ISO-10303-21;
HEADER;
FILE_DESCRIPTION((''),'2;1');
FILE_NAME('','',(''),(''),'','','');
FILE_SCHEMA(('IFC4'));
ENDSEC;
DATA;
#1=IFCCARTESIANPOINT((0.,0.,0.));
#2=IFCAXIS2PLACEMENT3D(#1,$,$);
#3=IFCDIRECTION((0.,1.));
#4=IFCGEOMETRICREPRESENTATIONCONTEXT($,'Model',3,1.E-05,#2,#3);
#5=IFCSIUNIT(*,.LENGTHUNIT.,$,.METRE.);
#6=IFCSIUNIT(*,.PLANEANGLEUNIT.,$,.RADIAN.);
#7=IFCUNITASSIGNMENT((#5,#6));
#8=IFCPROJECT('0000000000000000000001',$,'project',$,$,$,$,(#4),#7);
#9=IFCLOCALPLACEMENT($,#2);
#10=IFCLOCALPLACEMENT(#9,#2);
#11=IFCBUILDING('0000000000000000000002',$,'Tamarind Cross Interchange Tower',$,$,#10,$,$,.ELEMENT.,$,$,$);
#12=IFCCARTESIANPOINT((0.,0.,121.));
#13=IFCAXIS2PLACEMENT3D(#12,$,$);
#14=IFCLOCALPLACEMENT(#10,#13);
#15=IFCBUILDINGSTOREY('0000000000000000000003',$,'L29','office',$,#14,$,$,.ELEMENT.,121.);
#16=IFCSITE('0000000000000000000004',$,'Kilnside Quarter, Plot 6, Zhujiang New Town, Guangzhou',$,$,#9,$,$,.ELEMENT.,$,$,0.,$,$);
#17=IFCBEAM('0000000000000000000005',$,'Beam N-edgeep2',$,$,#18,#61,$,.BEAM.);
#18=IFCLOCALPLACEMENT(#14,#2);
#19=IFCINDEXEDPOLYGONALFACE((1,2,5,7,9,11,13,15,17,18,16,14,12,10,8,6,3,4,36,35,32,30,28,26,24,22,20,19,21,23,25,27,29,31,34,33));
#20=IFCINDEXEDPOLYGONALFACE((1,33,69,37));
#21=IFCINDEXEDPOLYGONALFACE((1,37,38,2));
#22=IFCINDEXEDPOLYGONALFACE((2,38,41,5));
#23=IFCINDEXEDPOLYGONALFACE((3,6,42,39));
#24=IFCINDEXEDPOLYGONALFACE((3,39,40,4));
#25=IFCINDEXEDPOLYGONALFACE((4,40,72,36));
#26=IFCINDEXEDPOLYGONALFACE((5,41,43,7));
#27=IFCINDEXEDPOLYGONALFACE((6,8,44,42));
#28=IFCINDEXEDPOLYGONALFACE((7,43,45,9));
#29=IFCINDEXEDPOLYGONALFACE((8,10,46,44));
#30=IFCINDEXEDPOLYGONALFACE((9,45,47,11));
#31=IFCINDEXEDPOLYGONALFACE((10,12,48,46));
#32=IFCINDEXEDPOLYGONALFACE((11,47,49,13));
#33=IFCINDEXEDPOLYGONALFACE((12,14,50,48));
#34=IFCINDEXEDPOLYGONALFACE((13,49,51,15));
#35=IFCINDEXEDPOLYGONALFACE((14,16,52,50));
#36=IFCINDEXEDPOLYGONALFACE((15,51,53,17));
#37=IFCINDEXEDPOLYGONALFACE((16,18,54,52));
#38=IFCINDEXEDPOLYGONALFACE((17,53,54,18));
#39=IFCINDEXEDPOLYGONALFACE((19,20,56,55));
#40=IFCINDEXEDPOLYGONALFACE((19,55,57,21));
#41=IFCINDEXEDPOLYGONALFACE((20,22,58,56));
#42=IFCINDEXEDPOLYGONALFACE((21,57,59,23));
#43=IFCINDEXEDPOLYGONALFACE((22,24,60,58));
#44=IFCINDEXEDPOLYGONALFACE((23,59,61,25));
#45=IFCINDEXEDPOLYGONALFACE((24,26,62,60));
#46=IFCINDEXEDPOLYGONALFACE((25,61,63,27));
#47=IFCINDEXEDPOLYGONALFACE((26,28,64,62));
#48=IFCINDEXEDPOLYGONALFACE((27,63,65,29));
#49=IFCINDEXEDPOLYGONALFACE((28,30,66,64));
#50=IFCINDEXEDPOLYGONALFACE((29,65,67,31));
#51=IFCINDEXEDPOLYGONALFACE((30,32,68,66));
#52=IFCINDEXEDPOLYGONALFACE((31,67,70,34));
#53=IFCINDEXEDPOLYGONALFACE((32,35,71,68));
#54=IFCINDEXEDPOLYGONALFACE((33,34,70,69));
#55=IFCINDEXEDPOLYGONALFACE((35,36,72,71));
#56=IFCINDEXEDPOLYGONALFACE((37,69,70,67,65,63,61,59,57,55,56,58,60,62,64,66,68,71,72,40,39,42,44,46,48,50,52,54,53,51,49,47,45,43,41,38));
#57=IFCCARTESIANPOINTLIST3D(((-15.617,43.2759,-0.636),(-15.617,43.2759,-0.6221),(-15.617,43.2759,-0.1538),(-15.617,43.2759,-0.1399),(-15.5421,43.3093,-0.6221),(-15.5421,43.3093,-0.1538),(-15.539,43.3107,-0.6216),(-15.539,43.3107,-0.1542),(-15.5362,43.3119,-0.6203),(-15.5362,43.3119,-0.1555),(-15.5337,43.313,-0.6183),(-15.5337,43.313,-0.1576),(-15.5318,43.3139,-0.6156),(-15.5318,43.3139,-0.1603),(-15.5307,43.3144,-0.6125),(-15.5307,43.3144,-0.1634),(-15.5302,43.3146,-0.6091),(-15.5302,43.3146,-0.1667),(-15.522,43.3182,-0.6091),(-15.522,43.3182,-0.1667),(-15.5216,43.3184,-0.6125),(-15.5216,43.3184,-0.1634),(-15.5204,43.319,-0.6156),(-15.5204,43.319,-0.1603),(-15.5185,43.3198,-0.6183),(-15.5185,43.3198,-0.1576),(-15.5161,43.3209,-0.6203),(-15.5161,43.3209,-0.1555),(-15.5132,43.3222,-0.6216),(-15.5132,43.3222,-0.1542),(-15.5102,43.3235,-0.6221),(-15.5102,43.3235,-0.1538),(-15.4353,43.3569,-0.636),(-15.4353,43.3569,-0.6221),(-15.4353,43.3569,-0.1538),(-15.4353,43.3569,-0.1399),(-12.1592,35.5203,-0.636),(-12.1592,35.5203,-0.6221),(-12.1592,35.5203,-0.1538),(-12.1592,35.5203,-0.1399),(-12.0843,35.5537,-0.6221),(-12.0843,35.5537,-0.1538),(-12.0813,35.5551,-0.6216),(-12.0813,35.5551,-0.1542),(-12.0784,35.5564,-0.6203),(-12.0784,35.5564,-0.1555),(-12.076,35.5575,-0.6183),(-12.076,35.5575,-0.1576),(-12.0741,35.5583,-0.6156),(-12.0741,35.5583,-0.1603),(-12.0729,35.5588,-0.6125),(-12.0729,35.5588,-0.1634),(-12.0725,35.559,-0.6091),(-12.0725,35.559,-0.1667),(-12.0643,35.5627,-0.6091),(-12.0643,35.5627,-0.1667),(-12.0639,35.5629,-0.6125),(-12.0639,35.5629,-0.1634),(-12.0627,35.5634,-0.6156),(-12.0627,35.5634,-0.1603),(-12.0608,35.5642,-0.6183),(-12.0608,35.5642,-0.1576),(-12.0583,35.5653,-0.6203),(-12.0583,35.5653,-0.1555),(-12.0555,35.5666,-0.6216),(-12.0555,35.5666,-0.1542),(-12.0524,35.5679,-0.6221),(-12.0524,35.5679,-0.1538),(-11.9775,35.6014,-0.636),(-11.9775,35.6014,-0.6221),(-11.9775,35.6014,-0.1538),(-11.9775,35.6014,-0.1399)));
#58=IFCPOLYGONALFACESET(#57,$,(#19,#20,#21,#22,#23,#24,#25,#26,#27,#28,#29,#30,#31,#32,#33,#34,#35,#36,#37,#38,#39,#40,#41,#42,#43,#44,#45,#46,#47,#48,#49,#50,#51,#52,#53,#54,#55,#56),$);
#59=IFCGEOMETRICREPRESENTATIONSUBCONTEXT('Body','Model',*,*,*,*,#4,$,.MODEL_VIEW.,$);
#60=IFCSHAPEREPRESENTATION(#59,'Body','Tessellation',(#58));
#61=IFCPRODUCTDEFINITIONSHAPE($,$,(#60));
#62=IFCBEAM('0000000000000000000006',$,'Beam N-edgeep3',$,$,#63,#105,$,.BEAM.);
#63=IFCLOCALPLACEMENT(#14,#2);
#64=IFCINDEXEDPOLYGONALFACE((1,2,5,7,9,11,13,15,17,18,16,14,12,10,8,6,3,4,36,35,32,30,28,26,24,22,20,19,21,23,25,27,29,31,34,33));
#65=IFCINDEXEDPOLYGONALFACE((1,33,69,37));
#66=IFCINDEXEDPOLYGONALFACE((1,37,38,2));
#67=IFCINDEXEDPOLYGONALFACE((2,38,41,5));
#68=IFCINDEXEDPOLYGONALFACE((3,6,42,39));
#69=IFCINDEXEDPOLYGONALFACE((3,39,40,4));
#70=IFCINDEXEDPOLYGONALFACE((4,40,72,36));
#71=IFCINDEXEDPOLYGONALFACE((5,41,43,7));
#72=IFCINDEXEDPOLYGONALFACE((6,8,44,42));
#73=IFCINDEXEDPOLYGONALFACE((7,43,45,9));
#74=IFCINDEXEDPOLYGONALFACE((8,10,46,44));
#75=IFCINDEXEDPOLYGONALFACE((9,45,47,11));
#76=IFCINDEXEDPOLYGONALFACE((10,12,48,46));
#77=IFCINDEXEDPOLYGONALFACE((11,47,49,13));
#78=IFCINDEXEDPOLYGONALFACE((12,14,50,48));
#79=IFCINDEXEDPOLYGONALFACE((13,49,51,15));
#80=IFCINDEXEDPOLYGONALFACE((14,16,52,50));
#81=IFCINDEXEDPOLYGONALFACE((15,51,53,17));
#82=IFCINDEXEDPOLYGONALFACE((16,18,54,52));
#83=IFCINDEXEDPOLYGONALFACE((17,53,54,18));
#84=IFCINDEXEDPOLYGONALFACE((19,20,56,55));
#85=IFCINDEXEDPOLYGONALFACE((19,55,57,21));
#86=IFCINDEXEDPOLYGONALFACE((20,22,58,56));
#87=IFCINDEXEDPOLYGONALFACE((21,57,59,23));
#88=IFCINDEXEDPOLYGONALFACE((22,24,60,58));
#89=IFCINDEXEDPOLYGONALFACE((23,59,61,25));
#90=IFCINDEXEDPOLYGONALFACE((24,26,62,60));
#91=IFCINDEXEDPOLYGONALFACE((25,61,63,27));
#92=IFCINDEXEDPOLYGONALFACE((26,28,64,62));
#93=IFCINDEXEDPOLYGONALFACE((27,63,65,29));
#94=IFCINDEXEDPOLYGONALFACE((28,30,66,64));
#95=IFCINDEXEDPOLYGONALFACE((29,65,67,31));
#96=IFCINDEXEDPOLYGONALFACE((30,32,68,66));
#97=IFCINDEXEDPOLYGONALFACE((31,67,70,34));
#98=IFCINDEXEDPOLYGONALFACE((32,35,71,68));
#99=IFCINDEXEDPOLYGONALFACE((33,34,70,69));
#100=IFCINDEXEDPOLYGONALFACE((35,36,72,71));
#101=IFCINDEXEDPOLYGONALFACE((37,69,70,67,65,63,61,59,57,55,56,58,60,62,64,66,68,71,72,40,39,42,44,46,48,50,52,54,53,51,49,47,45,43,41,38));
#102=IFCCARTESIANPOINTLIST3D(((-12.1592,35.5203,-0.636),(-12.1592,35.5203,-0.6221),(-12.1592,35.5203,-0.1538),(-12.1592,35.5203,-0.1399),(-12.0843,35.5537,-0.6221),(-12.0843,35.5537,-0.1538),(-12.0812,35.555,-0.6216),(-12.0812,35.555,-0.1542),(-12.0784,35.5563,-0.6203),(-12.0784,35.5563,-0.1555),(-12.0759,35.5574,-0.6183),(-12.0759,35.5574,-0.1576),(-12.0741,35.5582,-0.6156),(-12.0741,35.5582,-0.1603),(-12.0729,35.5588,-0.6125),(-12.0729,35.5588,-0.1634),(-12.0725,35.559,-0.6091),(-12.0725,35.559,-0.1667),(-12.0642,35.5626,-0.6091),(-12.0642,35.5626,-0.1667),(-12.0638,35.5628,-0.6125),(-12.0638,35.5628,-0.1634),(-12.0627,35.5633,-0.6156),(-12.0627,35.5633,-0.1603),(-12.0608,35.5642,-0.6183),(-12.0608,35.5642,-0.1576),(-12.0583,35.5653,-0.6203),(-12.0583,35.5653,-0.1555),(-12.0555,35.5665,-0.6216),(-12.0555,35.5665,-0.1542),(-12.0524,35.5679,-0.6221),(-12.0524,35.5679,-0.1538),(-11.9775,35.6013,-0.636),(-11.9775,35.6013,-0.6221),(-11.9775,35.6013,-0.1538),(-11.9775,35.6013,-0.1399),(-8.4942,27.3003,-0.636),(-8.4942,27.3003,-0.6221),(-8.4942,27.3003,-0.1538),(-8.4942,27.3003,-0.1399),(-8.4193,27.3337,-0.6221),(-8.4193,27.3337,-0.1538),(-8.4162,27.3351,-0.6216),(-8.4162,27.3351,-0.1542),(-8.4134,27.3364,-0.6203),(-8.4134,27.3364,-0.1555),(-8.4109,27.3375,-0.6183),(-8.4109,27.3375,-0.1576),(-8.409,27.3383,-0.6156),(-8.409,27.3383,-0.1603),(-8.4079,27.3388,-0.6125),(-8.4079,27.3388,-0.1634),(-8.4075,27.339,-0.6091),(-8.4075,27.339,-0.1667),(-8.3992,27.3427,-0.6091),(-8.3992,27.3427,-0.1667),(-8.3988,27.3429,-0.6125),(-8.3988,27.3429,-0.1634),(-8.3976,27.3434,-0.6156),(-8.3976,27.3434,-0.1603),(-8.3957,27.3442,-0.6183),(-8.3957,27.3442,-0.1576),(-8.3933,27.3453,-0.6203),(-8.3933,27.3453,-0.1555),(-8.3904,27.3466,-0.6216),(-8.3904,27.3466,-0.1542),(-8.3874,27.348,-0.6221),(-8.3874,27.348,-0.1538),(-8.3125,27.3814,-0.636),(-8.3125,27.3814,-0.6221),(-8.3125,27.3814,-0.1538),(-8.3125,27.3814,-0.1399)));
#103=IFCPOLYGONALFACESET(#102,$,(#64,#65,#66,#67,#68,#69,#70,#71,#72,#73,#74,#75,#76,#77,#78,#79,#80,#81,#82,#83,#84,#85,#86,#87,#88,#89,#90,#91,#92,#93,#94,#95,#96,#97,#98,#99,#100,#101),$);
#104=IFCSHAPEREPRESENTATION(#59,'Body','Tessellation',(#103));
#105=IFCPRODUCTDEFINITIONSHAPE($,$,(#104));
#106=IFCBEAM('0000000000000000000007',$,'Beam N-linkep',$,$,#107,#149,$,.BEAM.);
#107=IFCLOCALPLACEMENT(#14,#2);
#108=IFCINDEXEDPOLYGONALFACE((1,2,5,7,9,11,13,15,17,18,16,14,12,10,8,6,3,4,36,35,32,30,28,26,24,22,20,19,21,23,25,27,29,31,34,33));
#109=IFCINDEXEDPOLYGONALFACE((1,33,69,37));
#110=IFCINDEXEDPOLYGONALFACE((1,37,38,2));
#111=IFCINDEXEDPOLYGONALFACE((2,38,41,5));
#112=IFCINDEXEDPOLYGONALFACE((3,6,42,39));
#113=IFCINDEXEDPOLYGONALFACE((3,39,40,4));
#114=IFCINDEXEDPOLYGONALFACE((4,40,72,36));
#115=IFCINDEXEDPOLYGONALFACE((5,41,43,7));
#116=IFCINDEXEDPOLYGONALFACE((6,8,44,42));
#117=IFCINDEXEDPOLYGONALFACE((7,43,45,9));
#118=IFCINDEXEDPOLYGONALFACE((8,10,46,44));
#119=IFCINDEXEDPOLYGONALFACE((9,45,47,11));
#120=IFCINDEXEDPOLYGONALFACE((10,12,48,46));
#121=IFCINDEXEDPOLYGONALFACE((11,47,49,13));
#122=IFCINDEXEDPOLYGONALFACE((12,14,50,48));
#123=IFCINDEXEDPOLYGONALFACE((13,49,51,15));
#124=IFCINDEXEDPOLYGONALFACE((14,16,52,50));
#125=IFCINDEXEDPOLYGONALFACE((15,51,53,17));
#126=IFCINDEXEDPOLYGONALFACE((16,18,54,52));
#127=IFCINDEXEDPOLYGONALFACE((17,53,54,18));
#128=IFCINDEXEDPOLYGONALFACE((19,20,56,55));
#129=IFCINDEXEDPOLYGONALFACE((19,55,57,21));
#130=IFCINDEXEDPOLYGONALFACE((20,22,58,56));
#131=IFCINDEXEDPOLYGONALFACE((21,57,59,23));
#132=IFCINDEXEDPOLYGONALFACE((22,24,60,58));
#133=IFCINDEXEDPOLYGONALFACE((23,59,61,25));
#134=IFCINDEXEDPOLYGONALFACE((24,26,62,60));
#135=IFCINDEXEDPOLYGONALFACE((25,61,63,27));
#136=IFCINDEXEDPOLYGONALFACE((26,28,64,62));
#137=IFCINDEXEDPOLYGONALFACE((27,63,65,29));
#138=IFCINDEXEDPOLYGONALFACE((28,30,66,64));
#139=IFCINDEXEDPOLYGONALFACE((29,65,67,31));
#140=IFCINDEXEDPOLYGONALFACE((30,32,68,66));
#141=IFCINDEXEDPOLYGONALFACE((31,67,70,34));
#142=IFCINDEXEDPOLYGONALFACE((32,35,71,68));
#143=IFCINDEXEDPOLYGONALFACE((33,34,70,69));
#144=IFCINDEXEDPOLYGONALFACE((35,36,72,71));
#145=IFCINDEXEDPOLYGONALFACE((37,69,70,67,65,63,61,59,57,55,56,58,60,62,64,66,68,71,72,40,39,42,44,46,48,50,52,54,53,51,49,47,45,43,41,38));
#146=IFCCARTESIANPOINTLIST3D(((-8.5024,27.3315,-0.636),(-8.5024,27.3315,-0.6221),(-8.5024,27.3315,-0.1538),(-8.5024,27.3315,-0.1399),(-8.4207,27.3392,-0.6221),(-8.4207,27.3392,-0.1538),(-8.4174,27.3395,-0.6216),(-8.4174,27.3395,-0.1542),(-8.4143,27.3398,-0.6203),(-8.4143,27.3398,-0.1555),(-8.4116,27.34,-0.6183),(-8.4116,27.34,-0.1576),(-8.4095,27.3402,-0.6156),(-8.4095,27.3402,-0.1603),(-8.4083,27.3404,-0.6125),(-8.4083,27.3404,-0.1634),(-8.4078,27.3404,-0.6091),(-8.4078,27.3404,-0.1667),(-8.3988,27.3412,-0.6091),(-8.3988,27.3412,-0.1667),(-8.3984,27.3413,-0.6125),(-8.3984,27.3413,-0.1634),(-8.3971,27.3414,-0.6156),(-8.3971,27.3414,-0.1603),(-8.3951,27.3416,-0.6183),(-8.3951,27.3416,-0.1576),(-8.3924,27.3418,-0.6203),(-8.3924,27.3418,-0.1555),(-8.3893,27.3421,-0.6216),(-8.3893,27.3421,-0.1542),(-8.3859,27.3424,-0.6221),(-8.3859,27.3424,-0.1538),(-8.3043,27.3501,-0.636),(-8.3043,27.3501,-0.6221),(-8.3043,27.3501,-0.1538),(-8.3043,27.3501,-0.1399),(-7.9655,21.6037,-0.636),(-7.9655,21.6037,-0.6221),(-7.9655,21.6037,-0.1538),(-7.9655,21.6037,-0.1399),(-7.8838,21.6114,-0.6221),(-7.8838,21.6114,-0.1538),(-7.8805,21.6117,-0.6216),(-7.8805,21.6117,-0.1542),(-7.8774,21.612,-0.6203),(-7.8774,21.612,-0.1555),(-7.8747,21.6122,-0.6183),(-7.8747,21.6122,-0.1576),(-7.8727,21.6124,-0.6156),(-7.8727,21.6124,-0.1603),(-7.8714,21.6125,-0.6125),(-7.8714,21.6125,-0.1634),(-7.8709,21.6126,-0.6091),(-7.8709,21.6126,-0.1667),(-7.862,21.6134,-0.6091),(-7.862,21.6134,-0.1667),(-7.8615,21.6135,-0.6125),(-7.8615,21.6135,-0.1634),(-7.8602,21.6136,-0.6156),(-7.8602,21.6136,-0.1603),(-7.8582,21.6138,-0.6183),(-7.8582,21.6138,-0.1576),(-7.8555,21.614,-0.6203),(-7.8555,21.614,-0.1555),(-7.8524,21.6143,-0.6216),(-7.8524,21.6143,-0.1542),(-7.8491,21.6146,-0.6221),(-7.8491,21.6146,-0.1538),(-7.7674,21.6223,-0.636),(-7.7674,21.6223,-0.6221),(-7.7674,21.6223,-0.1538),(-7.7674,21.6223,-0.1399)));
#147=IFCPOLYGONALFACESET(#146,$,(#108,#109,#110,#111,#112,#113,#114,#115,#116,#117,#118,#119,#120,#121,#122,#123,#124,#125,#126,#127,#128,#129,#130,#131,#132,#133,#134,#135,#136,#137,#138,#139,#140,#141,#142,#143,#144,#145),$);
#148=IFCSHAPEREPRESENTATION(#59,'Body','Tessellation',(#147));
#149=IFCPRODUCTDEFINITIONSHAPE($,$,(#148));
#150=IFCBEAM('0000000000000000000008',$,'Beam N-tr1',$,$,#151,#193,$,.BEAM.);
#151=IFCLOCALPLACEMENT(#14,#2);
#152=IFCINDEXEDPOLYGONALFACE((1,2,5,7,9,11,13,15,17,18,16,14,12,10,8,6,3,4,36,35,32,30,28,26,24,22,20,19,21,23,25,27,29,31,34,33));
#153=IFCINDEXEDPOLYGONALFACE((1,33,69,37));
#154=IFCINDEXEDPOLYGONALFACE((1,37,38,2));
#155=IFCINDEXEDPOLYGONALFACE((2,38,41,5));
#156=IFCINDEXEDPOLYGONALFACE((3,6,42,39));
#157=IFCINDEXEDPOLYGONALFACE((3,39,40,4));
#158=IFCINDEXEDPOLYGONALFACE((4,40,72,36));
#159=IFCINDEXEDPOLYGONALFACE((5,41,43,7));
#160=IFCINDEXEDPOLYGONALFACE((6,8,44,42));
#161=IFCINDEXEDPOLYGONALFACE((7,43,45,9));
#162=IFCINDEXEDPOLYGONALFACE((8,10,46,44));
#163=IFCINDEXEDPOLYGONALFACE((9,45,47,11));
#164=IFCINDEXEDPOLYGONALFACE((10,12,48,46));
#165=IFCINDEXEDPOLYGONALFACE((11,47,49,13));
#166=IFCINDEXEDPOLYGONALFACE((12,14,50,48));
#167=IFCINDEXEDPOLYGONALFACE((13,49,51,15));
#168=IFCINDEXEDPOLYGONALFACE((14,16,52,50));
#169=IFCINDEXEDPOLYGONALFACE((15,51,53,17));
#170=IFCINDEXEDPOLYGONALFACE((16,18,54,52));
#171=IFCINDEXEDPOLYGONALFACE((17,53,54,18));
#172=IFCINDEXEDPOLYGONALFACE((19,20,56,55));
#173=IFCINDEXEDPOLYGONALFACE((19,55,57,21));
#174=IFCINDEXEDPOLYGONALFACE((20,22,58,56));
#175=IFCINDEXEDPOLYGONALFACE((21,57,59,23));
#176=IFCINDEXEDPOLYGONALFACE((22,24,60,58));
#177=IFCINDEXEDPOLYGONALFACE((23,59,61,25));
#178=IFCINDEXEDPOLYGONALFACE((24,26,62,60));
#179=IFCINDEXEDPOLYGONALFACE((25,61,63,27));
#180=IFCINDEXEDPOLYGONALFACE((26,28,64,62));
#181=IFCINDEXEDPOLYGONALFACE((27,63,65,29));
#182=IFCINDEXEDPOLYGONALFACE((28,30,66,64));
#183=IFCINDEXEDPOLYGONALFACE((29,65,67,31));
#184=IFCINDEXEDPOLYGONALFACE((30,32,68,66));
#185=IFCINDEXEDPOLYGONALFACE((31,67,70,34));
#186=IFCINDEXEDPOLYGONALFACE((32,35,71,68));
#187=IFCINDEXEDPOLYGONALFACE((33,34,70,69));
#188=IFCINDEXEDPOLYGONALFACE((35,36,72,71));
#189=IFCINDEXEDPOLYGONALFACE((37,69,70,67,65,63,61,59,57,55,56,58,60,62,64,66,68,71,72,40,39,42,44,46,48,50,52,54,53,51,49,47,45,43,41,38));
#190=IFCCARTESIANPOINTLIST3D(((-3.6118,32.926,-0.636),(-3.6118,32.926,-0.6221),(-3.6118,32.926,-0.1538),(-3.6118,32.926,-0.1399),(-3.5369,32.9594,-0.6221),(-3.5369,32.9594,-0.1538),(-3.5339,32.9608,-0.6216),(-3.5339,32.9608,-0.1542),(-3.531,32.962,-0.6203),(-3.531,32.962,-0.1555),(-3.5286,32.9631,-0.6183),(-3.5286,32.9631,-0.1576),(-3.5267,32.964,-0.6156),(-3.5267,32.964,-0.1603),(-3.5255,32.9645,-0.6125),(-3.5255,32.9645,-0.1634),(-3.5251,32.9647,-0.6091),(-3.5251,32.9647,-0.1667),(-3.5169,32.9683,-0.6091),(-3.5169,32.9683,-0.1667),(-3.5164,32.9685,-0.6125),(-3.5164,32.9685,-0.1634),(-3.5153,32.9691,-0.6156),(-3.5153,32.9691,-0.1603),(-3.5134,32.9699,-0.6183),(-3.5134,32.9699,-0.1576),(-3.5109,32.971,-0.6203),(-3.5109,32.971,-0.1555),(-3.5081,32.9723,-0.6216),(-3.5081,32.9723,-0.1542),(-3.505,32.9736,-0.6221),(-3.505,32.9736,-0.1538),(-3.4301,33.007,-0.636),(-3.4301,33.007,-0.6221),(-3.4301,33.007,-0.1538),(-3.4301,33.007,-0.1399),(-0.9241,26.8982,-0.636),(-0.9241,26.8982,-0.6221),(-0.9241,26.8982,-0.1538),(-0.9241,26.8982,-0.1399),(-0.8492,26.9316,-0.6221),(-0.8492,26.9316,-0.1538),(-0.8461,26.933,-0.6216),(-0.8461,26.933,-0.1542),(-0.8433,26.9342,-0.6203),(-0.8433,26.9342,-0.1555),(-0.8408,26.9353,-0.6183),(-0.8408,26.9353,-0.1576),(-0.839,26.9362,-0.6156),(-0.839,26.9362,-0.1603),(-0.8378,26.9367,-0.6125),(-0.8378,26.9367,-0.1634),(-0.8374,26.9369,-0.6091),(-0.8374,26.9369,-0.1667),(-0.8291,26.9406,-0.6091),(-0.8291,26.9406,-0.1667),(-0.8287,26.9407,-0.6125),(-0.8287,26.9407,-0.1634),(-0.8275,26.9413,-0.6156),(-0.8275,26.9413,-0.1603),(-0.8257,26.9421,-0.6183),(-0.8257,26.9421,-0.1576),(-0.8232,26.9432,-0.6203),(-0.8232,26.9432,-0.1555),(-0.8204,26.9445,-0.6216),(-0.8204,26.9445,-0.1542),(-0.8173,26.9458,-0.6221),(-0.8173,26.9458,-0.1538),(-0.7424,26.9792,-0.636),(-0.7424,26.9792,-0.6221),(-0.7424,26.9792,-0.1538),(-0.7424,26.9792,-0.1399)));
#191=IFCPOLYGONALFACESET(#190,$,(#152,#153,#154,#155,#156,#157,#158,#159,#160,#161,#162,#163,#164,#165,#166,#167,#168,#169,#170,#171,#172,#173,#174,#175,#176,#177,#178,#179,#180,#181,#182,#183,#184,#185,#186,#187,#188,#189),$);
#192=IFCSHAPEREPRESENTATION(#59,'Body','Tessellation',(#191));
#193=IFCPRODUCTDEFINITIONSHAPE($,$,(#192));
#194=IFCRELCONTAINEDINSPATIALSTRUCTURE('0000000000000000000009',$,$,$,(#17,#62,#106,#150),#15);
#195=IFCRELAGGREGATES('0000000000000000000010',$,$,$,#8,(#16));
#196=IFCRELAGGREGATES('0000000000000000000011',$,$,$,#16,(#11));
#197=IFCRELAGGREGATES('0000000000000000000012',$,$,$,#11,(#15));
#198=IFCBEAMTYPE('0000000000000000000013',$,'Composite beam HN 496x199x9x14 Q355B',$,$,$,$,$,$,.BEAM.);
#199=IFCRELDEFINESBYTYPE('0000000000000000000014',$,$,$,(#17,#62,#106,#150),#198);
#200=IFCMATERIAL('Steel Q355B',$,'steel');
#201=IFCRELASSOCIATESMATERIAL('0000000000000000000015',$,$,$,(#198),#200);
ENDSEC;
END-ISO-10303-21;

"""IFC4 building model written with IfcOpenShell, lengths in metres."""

from ifc_helpers import new_model, si_unit, direction, frame, origin, origin_2d, place, context, subcontext, project, spatial, i_section, extrude, material, material_profile, profile_set, type_object, element, save


model = new_model("IFC4")

# Units and contexts
model_context = context("Model", 3, precision=1e-05, world=origin(), true_north=direction((0.0, 1.0)))
body_context = subcontext(model_context, "Body", "Model", "MODEL_VIEW")
ifc_project = project(units=[si_unit("LENGTHUNIT", "METRE"), si_unit("PLANEANGLEUNIT", "RADIAN")], contexts=[model_context])

# Site, building, storey
site_placement = place(None, origin())
site = spatial("IfcSite", under=ifc_project, at=site_placement, Name="Kilnside Quarter, Plot 6, Zhujiang New Town, Guangzhou", CompositionType="ELEMENT", RefElevation=0.0)
building_placement = place(site_placement, origin())
building = spatial("IfcBuilding", under=site, at=building_placement, Name="Tamarind Cross Interchange Tower", CompositionType="ELEMENT")
storey_placement = place(building_placement, frame((0.0, 0.0, 121.0)))
storey = spatial("IfcBuildingStorey", under=building, at=storey_placement, Name="L29", Description="office", CompositionType="ELEMENT", Elevation=121.0)

# Beams
ifc_material_1 = material(Name="Steel Q355B", Category="steel")
ifc_material_profile_1 = material_profile(ifc_material_1, i_section(OverallWidth=0.199, OverallDepth=0.4961, WebThickness=0.009, FlangeThickness=0.0139, FilletRadius=0.0129, at=origin_2d()), Name="HN 496x199x9x14")
ifc_profile_set_1 = profile_set([ifc_material_profile_1], Name="Steel Q355B")
beam_type_1 = type_object("IfcBeamType", Name="Composite beam HN 496x199x9x14 Q355B", PredefinedType="BEAM", material=ifc_profile_set_1)
beam_1_placement = place(storey_placement, frame((-15.5261, 43.3164, -0.3879), z_axis=(0.407203, -0.913338, 0.0), x_axis=(0.913338, 0.407203, 0.0)))
element("IfcBeam", 1, at=beam_1_placement, inside=storey, type_object=beam_type_1, Name="Beam N-edgeep2", PredefinedType="BEAM", context=body_context, shape_type="SweptSolid", body=[
    extrude(i_section(OverallWidth=0.199, OverallDepth=0.4961, WebThickness=0.009, FlangeThickness=0.0139, FilletRadius=0.0129, at=origin_2d()), origin(), (0.0, 0.0, 1.0), 8.4915),
])
beam_2_placement = place(storey_placement, frame((-12.0684, 35.5608, -0.3879), z_axis=(0.407225, -0.913328, 0.0), x_axis=(0.913328, 0.407225, 0.0)))
element("IfcBeam", 2, at=beam_2_placement, inside=storey, type_object=beam_type_1, Name="Beam N-edgeep3", PredefinedType="BEAM", context=body_context, shape_type="SweptSolid", body=[
    extrude(i_section(OverallWidth=0.199, OverallDepth=0.4961, WebThickness=0.009, FlangeThickness=0.0139, FilletRadius=0.0129, at=origin_2d()), origin(), (0.0, 0.0, 1.0), 9.0),
])
beam_3_placement = place(storey_placement, frame((-8.4033, 27.3408, -0.3879), z_axis=(0.093321, -0.995636, 0.0), x_axis=(0.995636, 0.093321, 0.0)))
element("IfcBeam", 3, at=beam_3_placement, inside=storey, type_object=beam_type_1, Name="Beam N-linkep", PredefinedType="BEAM", context=body_context, shape_type="SweptSolid", body=[
    extrude(i_section(OverallWidth=0.199, OverallDepth=0.4961, WebThickness=0.009, FlangeThickness=0.0139, FilletRadius=0.0129, at=origin_2d()), origin(), (0.0, 0.0, 1.0), 5.7529),
])
beam_4_placement = place(storey_placement, frame((-0.8333, 26.9387, -0.3879), z_axis=(-0.40724, 0.913321, 0.0), x_axis=(-0.913321, -0.40724, 0.0)))
element("IfcBeam", 4, at=beam_4_placement, inside=storey, type_object=beam_type_1, Name="Beam N-tr1", PredefinedType="BEAM", context=body_context, shape_type="SweptSolid", body=[
    extrude(i_section(OverallWidth=0.199, OverallDepth=0.4961, WebThickness=0.009, FlangeThickness=0.0139, FilletRadius=0.0129, at=origin_2d()), origin(), (0.0, 0.0, 1.0), 6.5999),
])

save(model, "model.ifc")
